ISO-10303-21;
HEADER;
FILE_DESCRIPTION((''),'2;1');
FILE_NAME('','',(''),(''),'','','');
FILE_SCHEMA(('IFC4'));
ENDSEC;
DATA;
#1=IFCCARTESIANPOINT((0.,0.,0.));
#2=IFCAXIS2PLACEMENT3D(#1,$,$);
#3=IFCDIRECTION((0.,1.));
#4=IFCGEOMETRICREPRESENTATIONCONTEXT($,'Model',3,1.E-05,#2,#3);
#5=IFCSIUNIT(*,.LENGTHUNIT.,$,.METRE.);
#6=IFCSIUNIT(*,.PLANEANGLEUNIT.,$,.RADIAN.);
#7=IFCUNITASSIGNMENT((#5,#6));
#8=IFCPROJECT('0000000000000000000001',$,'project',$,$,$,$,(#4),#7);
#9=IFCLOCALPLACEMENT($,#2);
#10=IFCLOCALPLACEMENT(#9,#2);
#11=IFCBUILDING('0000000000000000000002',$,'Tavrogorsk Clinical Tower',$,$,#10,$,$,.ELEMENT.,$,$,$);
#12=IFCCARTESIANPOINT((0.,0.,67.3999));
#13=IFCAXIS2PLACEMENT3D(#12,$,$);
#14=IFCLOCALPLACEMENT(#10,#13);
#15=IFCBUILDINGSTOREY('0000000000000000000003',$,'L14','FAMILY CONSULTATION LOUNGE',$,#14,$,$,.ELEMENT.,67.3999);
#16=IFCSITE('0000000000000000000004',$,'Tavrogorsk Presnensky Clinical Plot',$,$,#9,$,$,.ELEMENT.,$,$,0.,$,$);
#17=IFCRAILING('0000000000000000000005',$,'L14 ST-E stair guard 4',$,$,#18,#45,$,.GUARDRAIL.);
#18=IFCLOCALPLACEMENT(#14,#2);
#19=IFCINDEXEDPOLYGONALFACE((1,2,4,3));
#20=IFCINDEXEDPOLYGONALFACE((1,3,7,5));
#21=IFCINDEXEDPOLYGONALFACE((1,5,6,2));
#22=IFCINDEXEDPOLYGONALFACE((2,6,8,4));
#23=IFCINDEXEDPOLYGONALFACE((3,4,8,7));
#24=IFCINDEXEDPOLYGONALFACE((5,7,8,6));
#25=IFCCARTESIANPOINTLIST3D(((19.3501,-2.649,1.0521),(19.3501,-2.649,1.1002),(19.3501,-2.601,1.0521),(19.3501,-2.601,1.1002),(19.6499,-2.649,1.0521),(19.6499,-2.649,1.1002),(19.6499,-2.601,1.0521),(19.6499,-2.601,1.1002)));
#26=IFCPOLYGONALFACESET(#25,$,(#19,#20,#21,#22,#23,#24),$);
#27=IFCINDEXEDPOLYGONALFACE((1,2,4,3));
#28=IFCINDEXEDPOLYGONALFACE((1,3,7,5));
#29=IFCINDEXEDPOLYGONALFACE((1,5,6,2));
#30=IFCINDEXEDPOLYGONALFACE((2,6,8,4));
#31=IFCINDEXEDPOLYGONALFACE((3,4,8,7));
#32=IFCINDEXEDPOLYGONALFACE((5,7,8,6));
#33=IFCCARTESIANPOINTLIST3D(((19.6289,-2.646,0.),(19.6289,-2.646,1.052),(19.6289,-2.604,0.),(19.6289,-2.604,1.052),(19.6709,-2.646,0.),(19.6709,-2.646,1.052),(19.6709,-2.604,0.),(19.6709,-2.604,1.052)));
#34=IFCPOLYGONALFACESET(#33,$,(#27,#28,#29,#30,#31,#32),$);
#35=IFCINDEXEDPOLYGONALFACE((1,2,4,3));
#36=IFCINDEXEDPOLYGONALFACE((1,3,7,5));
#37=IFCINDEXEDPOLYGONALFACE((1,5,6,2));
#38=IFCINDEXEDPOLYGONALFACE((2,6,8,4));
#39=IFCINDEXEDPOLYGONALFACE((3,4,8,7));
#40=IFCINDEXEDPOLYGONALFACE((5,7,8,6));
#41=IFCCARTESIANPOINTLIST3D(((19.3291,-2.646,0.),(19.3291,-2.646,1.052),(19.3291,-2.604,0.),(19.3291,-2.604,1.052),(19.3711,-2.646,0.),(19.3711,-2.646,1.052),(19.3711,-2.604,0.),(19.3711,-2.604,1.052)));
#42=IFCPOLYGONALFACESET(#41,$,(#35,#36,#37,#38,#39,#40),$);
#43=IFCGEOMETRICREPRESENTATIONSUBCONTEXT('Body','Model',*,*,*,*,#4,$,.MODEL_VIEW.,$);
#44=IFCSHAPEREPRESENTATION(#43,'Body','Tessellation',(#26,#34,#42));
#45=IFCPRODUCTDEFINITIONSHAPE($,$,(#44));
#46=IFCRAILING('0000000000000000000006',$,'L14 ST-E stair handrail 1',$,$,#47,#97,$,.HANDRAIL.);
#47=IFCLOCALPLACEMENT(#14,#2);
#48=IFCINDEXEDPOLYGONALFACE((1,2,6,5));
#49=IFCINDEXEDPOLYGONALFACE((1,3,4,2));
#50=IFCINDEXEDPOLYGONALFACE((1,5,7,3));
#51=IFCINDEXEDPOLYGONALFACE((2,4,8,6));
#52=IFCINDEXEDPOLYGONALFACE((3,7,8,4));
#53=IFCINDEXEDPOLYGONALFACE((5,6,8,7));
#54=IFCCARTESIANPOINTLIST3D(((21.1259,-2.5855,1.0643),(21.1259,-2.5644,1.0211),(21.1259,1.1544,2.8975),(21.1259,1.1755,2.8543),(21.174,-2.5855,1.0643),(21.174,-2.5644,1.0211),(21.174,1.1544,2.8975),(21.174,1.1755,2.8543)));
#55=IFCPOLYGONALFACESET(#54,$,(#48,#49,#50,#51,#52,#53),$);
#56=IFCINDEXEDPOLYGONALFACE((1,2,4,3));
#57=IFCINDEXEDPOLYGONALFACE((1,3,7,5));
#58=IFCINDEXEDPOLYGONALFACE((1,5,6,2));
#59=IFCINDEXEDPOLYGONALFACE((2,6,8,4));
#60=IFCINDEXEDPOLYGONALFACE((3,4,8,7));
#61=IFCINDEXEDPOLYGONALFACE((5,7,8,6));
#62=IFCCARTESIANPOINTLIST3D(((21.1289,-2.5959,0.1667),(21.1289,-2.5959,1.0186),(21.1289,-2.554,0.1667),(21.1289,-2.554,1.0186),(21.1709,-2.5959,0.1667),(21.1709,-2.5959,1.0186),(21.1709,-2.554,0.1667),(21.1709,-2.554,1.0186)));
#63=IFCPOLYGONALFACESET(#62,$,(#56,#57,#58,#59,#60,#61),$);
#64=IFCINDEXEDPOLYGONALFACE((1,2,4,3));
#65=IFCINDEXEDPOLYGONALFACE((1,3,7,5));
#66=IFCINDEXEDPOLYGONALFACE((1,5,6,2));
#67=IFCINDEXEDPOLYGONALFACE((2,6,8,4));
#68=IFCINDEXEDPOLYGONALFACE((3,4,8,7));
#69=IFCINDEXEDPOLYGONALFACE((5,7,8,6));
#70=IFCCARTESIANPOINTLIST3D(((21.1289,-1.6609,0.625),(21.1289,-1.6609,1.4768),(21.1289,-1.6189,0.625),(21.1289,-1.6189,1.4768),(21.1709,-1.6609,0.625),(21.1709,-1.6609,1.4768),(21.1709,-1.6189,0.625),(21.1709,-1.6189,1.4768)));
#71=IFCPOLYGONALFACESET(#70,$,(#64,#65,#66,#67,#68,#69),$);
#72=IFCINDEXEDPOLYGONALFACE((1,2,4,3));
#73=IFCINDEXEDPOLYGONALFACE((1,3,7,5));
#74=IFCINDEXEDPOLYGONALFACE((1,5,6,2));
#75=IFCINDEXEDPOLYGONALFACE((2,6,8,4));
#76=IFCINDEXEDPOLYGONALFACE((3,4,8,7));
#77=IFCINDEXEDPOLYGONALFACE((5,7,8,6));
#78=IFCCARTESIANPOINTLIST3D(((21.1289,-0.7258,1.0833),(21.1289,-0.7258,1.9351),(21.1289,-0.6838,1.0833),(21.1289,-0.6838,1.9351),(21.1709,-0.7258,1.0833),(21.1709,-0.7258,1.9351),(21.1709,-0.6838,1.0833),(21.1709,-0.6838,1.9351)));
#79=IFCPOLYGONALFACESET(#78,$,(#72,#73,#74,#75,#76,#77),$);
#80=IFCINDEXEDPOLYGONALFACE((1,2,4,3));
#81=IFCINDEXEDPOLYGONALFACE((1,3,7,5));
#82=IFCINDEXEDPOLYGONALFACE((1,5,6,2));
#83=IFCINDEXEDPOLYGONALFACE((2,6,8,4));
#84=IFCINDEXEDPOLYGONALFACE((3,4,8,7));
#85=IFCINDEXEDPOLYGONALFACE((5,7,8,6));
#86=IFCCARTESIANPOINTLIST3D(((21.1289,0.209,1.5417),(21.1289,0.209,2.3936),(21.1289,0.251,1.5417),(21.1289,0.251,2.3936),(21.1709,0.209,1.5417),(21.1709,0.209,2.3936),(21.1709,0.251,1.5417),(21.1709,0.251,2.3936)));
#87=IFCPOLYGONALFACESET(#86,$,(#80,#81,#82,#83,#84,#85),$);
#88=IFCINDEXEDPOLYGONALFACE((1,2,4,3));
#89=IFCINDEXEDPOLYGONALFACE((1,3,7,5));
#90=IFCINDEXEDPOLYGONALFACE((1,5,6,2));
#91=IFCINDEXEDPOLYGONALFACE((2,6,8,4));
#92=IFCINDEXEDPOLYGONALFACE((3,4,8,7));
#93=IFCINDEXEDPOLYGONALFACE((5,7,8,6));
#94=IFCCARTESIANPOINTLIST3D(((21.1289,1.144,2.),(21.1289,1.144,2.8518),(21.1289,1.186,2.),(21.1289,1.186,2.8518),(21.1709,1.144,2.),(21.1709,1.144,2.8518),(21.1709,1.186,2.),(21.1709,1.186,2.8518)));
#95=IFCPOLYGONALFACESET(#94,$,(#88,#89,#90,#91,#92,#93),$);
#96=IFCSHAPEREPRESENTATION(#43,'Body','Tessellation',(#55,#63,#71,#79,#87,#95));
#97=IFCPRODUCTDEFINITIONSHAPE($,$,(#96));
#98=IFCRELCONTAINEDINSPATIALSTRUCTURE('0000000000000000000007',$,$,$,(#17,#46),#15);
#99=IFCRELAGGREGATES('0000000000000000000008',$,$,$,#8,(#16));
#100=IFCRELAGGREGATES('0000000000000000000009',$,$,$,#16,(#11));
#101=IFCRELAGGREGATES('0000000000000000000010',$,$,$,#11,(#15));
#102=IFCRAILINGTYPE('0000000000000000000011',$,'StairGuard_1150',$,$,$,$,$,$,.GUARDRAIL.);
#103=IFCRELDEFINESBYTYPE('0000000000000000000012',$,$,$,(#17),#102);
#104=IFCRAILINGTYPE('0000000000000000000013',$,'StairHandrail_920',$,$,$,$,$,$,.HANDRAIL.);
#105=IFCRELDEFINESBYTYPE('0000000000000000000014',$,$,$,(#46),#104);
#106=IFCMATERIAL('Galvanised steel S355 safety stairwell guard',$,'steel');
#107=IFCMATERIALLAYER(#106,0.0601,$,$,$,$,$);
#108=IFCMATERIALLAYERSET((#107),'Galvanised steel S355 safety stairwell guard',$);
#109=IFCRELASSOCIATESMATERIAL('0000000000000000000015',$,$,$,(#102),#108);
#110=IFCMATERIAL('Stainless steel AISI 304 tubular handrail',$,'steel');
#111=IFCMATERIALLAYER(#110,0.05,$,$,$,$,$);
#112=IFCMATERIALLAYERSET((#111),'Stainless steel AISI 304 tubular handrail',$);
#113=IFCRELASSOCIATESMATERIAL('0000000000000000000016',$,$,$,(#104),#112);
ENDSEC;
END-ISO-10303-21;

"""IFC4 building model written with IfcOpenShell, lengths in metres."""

from ifc_helpers import new_model, si_unit, direction, frame, origin, origin_2d, place, context, subcontext, project, spatial, rectangle, extrude, material, layer, layer_set, type_object, element, save


model = new_model("IFC4")

# Units and contexts
model_context = context("Model", 3, precision=1e-05, world=origin(), true_north=direction((0.0, 1.0)))
body_context = subcontext(model_context, "Body", "Model", "MODEL_VIEW")
ifc_project = project(units=[si_unit("LENGTHUNIT", "METRE"), si_unit("PLANEANGLEUNIT", "RADIAN")], contexts=[model_context])

# Site, building, storey
site_placement = place(None, origin())
site = spatial("IfcSite", under=ifc_project, at=site_placement, Name="Tavrogorsk Presnensky Clinical Plot", CompositionType="ELEMENT", RefElevation=0.0)
building_placement = place(site_placement, origin())
building = spatial("IfcBuilding", under=site, at=building_placement, Name="Tavrogorsk Clinical Tower", CompositionType="ELEMENT")
storey_placement = place(building_placement, frame((0.0, 0.0, 67.3999)))
storey = spatial("IfcBuildingStorey", under=building, at=storey_placement, Name="L14", Description="FAMILY CONSULTATION LOUNGE", CompositionType="ELEMENT", Elevation=67.3999)

# Railings
ifc_material_1 = material(Name="Galvanised steel S355 safety stairwell guard", Category="steel")
ifc_layer_1 = layer(ifc_material_1, 0.0601)
ifc_layer_set_1 = layer_set([ifc_layer_1], Name="Galvanised steel S355 safety stairwell guard")
railing_type_1 = type_object("IfcRailingType", Name="StairGuard_1150", PredefinedType="GUARDRAIL", material=ifc_layer_set_1)
railing_1_placement = place(storey_placement, frame((19.6499, -2.625, 0.0)))
element("IfcRailing", 1, at=railing_1_placement, inside=storey, type_object=railing_type_1, Name="L14 ST-E stair guard 4", PredefinedType="GUARDRAIL", context=body_context, shape_type="SweptSolid", body=[
    extrude(rectangle(XDim=0.0481, YDim=0.0481, at=origin_2d()), frame((0.0, 0.0, 1.0762), z_axis=(-1.0, 0.0, 0.0), x_axis=(0.0, -1.0, 0.0)), (0.0, 0.0, 1.0), 0.2998),
    extrude(rectangle(XDim=0.042, YDim=0.042, at=origin_2d()), origin(), (0.0, 0.0, 1.0), 1.052),
    extrude(rectangle(XDim=0.042, YDim=0.042, at=origin_2d()), frame((-0.2998, 0.0, 0.0)), (0.0, 0.0, 1.0), 1.052),
])
ifc_material_2 = material(Name="Stainless steel AISI 304 tubular handrail", Category="steel")
ifc_layer_2 = layer(ifc_material_2, 0.05)
ifc_layer_set_2 = layer_set([ifc_layer_2], Name="Stainless steel AISI 304 tubular handrail")
railing_type_2 = type_object("IfcRailingType", Name="StairHandrail_920", PredefinedType="HANDRAIL", material=ifc_layer_set_2)
railing_2_placement = place(storey_placement, frame((21.1499, -2.575, 0.1667)))
element("IfcRailing", 2, at=railing_2_placement, inside=storey, type_object=railing_type_2, Name="L14 ST-E stair handrail 1", PredefinedType="HANDRAIL", context=body_context, shape_type="SweptSolid", body=[
    extrude(rectangle(XDim=0.0481, YDim=0.0481, at=origin_2d()), frame((0.0, 0.0, 0.876), z_axis=(0.0, 0.897928, 0.440142), x_axis=(-1.0, 0.0, 0.0)), (0.0, 0.0, 1.0), 4.165),
    extrude(rectangle(XDim=0.042, YDim=0.042, at=origin_2d()), origin(), (0.0, 0.0, 1.0), 0.8518),
    extrude(rectangle(XDim=0.042, YDim=0.042, at=origin_2d()), frame((0.0, 0.9351, 0.4583)), (0.0, 0.0, 1.0), 0.8518),
    extrude(rectangle(XDim=0.042, YDim=0.042, at=origin_2d()), frame((0.0, 1.8701, 0.9165)), (0.0, 0.0, 1.0), 0.8518),
    extrude(rectangle(XDim=0.042, YDim=0.042, at=origin_2d()), frame((0.0, 2.8049, 1.375)), (0.0, 0.0, 1.0), 0.8518),
    extrude(rectangle(XDim=0.042, YDim=0.042, at=origin_2d()), frame((0.0, 3.74, 1.8333)), (0.0, 0.0, 1.0), 0.8518),
])

save(model, "model.ifc")
